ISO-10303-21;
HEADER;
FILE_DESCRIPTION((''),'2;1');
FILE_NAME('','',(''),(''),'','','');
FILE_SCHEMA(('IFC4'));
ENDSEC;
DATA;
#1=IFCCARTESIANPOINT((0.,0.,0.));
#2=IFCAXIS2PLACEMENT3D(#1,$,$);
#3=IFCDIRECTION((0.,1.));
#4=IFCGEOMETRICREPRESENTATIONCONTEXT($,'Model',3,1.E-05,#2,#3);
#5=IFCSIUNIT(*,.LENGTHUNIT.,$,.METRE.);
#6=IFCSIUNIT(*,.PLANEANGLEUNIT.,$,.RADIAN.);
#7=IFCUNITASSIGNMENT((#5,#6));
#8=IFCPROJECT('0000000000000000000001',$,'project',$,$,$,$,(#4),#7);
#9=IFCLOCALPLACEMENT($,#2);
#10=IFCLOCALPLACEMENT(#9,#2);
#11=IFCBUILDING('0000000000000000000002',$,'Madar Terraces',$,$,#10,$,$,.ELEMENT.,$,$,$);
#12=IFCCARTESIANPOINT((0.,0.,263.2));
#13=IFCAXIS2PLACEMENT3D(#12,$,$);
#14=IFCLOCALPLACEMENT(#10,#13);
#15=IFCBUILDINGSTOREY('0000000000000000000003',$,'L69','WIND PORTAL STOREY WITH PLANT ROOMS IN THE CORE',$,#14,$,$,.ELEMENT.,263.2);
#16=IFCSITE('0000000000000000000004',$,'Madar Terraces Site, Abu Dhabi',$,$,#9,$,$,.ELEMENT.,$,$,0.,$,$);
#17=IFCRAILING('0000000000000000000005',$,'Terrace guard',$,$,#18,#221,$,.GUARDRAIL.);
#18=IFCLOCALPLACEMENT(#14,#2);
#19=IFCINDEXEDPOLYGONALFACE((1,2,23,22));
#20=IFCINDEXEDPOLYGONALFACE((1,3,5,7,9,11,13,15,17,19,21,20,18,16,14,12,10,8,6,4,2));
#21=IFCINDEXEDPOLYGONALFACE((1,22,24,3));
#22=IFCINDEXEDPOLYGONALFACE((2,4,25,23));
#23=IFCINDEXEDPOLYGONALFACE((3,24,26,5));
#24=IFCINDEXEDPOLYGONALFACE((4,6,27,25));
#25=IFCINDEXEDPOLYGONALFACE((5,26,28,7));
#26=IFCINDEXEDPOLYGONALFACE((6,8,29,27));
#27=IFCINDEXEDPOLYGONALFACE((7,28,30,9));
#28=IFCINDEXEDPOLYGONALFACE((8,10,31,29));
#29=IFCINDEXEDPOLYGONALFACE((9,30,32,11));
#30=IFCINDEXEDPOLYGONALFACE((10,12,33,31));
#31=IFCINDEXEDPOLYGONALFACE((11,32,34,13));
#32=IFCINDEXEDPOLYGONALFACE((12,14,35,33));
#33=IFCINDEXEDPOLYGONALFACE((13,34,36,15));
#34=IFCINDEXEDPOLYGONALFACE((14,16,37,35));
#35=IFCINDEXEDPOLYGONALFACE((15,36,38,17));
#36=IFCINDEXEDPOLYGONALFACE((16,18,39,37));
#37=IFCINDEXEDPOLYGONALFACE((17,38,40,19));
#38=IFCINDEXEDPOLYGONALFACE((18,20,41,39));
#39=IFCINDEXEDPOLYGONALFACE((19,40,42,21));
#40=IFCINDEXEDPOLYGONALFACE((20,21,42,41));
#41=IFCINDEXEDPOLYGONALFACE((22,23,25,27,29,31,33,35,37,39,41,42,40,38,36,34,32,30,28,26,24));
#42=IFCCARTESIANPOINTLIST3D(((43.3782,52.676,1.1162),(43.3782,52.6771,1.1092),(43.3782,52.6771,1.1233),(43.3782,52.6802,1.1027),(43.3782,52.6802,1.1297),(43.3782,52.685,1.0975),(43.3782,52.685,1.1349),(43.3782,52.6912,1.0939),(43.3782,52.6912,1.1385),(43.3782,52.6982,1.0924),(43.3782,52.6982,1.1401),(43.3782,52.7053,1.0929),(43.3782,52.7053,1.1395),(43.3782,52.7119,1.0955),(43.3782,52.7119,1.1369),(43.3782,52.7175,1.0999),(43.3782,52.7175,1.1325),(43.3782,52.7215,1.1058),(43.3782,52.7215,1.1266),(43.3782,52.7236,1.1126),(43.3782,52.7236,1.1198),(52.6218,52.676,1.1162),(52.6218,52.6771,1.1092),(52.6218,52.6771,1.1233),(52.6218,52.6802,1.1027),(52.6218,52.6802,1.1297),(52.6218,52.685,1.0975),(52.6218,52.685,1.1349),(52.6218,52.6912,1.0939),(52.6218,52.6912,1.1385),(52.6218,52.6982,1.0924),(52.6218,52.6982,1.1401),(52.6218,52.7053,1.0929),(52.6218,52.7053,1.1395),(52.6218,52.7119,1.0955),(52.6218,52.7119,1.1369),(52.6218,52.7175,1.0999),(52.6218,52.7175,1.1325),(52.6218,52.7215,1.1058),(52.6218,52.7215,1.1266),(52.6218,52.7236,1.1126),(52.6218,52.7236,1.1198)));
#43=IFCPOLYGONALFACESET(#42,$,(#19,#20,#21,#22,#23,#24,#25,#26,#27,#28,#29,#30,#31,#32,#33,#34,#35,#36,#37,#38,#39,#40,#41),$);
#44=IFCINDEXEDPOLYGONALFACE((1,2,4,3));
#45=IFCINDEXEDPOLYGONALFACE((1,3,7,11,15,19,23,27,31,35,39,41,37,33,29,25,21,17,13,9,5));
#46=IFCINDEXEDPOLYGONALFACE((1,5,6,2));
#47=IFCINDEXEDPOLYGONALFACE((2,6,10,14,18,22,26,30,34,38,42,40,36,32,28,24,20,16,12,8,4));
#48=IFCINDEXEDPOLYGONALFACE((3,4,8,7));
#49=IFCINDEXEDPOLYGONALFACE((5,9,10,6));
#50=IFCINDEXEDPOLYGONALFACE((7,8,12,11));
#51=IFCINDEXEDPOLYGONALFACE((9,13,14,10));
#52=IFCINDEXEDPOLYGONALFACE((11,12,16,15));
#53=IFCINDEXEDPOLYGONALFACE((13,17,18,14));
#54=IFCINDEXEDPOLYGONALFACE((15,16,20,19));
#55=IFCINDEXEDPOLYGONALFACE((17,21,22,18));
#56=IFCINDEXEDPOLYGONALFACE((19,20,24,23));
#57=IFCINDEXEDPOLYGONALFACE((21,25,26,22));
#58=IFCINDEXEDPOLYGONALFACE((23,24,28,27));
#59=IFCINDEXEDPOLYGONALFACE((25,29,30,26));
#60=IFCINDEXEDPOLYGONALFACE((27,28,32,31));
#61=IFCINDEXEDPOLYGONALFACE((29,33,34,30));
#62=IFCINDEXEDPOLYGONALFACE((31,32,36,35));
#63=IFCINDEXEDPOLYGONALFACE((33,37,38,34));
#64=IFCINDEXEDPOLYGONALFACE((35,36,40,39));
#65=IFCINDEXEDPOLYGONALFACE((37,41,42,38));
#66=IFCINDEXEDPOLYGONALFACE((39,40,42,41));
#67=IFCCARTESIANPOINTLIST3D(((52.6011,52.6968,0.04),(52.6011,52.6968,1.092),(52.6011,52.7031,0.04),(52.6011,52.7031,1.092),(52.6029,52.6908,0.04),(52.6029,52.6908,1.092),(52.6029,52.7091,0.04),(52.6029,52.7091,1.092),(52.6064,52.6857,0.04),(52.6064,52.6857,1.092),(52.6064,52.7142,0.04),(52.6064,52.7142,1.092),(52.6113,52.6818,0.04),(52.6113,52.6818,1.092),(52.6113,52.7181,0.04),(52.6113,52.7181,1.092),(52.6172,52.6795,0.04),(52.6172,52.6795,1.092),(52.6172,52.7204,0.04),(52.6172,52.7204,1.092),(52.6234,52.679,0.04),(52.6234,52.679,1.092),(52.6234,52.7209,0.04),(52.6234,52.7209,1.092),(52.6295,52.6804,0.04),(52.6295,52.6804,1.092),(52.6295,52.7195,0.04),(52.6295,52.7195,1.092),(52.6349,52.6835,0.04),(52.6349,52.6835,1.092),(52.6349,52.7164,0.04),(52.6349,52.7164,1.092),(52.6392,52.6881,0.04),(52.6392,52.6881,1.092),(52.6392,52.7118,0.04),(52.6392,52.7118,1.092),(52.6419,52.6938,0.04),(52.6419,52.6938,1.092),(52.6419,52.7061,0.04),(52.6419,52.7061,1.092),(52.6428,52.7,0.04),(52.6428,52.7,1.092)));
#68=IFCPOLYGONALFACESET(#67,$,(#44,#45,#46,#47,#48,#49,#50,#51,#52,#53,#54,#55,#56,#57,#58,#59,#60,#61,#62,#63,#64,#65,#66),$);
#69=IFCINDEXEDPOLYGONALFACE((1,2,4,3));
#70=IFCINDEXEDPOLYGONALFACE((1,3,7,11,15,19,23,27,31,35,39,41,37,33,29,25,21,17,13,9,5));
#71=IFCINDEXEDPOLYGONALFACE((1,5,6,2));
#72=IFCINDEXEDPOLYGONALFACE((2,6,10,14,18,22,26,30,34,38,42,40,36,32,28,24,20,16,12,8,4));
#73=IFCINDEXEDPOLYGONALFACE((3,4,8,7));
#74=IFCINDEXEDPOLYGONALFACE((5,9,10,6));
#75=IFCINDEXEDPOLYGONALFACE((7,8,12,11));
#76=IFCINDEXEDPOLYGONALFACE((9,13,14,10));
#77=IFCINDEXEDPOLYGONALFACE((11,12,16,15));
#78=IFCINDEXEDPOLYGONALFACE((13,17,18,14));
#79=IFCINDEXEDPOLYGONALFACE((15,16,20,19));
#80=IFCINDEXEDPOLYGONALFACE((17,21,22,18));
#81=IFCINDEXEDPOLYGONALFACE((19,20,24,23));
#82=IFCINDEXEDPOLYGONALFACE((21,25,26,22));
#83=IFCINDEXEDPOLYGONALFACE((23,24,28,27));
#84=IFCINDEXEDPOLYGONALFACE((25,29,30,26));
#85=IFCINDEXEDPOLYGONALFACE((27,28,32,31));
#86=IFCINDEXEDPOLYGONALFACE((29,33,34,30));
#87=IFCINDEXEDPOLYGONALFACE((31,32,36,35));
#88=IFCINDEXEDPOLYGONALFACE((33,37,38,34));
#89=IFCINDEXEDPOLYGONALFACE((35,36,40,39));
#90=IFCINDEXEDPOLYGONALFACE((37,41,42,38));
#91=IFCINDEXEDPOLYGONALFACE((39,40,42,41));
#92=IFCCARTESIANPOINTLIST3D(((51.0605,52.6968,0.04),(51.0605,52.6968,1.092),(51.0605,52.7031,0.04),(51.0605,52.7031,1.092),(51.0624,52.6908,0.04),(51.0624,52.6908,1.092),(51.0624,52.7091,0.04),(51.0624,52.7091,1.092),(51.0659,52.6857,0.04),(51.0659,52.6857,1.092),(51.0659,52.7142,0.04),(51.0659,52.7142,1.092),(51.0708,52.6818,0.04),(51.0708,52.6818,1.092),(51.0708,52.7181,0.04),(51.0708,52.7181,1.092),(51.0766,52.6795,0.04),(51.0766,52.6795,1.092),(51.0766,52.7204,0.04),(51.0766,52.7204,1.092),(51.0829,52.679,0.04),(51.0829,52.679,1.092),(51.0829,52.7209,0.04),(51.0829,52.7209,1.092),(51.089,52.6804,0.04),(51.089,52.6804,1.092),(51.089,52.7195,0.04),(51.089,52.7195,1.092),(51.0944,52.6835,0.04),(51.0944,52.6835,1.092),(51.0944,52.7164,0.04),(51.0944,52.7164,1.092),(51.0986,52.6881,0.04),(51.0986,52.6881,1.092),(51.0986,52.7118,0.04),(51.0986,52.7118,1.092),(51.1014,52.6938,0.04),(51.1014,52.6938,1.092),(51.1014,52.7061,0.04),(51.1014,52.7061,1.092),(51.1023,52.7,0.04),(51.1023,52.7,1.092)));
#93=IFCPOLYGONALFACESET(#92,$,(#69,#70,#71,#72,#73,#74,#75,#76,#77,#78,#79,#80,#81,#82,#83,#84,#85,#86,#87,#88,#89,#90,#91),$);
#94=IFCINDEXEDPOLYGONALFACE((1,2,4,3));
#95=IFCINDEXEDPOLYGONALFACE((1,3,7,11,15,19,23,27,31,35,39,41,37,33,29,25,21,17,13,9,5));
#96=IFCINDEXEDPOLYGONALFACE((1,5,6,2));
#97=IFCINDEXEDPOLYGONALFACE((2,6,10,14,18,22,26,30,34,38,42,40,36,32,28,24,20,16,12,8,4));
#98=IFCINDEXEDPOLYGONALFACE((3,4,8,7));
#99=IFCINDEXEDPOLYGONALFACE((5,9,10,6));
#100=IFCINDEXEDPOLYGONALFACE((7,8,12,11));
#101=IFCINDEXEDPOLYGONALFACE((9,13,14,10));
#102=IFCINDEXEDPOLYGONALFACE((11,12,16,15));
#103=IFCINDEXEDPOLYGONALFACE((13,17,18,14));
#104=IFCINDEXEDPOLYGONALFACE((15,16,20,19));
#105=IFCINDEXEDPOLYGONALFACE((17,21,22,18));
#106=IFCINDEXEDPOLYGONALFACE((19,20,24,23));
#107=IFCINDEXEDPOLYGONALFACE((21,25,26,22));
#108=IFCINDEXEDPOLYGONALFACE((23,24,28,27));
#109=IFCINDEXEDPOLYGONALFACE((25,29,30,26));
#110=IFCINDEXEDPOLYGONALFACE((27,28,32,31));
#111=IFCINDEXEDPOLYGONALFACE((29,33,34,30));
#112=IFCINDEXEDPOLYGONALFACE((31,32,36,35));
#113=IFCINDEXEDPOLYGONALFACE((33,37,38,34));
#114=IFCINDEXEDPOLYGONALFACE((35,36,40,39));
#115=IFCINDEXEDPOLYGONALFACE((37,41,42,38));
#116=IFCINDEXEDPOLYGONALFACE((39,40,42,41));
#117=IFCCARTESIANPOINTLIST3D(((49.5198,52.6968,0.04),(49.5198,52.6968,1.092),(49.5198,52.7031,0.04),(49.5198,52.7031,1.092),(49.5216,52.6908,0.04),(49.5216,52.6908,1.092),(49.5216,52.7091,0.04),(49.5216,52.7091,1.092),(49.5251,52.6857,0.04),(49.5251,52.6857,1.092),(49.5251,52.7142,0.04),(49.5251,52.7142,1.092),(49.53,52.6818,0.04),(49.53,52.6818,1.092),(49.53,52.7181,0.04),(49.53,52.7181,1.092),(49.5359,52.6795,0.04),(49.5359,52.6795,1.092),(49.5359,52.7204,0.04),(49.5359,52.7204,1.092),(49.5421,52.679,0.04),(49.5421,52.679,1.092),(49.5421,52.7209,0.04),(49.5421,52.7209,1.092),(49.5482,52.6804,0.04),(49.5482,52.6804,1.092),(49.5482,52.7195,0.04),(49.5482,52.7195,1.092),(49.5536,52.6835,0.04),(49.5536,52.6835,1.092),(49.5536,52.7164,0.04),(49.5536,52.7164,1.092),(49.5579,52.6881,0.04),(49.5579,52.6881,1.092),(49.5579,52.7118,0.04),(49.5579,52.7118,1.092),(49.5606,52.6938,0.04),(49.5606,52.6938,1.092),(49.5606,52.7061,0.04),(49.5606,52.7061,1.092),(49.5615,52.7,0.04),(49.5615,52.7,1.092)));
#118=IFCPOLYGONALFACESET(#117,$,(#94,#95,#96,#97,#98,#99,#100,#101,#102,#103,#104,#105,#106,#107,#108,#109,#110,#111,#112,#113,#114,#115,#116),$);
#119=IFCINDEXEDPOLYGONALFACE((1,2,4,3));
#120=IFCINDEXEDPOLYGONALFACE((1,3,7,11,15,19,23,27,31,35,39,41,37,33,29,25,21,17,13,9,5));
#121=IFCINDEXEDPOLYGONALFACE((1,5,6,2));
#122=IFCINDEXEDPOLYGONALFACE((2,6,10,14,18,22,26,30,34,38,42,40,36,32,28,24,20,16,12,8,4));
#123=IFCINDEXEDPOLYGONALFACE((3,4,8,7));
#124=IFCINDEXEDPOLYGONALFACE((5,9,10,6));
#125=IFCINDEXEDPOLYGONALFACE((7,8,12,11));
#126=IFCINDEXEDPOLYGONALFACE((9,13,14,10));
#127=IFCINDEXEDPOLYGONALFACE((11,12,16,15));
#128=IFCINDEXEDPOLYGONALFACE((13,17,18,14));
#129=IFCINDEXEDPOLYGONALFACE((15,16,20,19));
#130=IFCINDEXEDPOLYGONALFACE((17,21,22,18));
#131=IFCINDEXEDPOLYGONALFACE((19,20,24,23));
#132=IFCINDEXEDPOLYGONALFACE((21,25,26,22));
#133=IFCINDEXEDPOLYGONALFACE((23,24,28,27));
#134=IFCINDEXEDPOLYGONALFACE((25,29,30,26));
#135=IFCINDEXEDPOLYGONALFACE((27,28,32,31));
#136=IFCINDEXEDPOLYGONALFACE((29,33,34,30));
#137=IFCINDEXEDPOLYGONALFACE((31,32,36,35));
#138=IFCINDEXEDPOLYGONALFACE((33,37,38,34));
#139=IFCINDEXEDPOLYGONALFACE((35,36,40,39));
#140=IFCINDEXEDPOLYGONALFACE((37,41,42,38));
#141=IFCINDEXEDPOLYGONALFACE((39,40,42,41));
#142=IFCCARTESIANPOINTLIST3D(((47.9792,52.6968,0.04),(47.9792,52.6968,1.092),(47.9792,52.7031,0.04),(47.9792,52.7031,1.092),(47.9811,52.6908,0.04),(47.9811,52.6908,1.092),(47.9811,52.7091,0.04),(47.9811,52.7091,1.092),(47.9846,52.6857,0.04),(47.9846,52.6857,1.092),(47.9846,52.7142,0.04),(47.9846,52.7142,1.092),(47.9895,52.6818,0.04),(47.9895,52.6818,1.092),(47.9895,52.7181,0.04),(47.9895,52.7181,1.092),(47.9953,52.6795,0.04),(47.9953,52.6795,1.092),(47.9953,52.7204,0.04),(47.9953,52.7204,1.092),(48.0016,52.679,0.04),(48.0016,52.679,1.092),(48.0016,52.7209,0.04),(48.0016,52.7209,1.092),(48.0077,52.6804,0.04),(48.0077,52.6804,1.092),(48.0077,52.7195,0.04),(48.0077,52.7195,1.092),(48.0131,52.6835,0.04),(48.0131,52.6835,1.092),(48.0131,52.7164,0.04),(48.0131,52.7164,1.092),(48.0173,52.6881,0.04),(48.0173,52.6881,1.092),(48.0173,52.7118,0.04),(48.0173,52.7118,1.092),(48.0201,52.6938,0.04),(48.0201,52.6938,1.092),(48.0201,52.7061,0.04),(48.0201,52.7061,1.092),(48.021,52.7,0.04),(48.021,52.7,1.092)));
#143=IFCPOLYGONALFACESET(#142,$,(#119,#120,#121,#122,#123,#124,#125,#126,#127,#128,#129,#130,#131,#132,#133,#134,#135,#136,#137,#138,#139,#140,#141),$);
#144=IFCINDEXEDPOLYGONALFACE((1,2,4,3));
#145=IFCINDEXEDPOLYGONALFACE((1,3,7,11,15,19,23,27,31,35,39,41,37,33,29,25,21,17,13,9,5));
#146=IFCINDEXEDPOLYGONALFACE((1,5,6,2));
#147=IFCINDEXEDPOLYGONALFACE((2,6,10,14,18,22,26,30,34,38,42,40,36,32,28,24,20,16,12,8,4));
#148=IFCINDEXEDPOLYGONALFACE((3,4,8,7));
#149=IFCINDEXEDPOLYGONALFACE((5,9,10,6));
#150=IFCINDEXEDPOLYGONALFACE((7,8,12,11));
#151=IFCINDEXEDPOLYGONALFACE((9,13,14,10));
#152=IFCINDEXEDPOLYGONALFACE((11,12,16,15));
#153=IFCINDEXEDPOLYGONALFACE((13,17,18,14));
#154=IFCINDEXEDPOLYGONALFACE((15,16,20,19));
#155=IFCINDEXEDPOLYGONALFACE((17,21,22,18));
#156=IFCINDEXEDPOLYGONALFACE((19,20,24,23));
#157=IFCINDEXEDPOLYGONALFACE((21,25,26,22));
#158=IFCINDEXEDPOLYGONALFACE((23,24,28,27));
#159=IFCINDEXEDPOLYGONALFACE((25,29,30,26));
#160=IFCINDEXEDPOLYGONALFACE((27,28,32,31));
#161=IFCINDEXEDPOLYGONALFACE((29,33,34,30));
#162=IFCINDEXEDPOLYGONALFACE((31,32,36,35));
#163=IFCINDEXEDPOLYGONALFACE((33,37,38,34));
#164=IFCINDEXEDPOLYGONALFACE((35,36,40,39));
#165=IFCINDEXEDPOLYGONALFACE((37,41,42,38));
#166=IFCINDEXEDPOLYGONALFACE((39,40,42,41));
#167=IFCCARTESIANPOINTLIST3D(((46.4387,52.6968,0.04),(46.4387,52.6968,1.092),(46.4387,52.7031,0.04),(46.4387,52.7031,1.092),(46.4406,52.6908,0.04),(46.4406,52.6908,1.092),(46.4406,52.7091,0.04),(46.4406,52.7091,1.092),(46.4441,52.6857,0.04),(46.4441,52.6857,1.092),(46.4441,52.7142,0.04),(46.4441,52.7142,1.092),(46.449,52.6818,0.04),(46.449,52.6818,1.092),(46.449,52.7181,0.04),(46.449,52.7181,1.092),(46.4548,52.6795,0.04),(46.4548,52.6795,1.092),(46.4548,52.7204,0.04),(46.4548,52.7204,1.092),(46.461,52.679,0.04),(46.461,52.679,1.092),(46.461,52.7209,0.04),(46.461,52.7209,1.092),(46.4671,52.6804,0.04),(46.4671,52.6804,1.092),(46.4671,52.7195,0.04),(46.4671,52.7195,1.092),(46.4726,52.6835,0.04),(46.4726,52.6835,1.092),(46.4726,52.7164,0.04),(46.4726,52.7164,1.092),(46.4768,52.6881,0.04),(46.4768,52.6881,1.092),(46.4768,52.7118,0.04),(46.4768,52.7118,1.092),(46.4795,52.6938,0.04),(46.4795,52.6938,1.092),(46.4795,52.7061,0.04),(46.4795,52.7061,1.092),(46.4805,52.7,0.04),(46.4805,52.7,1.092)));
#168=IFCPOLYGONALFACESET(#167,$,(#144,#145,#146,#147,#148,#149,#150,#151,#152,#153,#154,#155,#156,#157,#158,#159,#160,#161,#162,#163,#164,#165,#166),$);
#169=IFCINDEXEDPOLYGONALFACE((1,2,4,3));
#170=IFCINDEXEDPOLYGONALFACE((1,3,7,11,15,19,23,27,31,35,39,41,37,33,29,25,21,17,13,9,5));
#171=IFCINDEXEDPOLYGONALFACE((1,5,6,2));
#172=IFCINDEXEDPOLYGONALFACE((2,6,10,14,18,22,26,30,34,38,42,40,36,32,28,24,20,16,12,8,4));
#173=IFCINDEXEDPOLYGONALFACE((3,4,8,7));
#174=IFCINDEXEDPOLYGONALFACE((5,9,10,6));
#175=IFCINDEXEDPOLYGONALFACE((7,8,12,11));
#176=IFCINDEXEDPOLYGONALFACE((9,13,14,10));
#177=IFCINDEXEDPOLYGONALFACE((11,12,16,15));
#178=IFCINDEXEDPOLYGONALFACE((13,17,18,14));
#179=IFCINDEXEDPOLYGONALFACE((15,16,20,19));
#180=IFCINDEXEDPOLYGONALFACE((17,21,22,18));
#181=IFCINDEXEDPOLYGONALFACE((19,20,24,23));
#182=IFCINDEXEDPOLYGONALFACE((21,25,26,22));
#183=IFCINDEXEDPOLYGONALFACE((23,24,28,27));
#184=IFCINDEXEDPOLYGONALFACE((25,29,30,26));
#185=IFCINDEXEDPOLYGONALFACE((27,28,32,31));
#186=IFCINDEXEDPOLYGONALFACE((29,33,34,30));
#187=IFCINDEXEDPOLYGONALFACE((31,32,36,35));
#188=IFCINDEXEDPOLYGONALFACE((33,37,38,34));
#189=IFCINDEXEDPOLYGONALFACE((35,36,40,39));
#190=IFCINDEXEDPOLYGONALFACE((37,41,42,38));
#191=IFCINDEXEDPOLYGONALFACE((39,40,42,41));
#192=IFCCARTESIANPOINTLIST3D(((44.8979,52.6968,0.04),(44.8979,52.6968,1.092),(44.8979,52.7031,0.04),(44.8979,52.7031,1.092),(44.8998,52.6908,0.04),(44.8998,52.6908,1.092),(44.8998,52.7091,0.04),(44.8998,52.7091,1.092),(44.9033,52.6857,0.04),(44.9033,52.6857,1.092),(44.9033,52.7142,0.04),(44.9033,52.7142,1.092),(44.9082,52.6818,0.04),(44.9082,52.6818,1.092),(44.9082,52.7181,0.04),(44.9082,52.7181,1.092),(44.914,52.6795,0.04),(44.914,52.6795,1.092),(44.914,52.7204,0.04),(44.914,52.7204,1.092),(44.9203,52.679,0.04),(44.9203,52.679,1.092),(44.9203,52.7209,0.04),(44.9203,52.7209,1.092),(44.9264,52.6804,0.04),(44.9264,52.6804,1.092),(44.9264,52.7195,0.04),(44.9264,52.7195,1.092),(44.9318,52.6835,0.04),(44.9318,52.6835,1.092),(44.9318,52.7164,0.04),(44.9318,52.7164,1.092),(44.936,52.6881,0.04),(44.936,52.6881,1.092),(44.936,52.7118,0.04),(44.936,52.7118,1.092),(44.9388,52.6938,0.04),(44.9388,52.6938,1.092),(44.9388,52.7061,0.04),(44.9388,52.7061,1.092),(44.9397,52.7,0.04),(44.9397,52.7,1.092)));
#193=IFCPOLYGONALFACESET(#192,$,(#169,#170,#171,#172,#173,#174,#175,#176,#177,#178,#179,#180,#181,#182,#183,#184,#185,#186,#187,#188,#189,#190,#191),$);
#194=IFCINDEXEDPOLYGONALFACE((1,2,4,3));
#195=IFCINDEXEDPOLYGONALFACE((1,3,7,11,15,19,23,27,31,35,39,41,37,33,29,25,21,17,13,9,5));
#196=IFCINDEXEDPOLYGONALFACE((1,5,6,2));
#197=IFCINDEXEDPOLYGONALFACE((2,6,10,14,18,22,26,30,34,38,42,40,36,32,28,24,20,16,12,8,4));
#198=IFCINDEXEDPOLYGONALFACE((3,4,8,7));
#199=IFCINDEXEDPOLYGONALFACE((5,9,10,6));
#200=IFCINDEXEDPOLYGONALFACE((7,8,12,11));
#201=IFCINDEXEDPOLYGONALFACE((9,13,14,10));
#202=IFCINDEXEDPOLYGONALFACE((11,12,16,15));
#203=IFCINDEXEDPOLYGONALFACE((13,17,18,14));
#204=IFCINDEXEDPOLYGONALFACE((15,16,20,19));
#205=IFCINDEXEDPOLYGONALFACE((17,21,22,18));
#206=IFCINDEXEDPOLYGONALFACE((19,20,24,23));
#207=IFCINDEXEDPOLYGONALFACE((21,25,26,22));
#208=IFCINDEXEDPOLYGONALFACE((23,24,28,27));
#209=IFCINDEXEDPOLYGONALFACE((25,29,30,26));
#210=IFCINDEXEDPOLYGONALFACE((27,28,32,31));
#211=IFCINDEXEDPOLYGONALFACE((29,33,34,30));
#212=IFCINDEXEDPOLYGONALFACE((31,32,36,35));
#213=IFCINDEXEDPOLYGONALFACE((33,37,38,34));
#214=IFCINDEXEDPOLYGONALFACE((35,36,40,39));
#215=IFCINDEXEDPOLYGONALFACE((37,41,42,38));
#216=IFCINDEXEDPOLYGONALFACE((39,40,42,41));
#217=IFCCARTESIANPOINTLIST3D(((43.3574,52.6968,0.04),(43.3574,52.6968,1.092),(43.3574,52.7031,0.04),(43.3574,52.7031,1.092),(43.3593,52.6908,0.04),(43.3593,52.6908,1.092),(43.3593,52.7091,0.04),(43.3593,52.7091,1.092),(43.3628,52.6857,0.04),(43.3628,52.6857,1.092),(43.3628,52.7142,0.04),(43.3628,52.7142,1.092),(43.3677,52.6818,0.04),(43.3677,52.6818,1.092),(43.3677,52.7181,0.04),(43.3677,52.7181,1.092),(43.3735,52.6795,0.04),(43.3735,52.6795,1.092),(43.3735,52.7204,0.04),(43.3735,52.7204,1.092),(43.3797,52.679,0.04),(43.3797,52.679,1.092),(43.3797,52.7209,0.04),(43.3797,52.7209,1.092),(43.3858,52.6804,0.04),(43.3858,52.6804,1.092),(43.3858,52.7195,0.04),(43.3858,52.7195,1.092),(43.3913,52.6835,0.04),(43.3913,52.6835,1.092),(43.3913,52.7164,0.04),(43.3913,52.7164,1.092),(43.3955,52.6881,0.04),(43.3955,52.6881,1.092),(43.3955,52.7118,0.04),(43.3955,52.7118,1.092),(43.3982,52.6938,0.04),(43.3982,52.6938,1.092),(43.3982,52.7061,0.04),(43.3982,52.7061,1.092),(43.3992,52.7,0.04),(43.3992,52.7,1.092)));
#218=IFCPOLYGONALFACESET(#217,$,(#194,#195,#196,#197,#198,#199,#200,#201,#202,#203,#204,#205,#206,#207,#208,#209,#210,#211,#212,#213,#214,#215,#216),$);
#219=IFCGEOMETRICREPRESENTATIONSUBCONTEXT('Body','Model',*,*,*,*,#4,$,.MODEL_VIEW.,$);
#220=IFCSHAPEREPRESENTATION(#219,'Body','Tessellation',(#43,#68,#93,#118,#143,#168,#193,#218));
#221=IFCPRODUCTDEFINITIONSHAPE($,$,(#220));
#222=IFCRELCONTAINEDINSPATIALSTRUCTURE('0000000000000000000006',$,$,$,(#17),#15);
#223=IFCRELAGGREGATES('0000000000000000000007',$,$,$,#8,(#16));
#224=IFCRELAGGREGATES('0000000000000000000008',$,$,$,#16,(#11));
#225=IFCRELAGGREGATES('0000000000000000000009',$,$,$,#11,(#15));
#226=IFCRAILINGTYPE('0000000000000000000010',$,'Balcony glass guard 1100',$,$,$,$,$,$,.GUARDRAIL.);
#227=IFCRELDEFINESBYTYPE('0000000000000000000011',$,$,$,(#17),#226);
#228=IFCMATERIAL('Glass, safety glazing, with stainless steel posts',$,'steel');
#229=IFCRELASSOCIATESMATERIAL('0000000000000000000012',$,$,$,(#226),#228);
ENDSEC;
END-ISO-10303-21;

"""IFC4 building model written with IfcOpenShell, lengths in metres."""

from ifc_helpers import new_model, si_unit, direction, frame, origin, origin_2d, place, context, subcontext, project, spatial, circle, extrude, material, type_object, element, save


model = new_model("IFC4")

# Units and contexts
model_context = context("Model", 3, precision=1e-05, world=origin(), true_north=direction((0.0, 1.0)))
body_context = subcontext(model_context, "Body", "Model", "MODEL_VIEW")
ifc_project = project(units=[si_unit("LENGTHUNIT", "METRE"), si_unit("PLANEANGLEUNIT", "RADIAN")], contexts=[model_context])

# Site, building, storey
site_placement = place(None, origin())
site = spatial("IfcSite", under=ifc_project, at=site_placement, Name="Madar Terraces Site, Abu Dhabi", CompositionType="ELEMENT", RefElevation=0.0)
building_placement = place(site_placement, origin())
building = spatial("IfcBuilding", under=site, at=building_placement, Name="Madar Terraces", CompositionType="ELEMENT")
storey_placement = place(building_placement, frame((0.0, 0.0, 263.2)))
storey = spatial("IfcBuildingStorey", under=building, at=storey_placement, Name="L69", Description="WIND PORTAL STOREY WITH PLANT ROOMS IN THE CORE", CompositionType="ELEMENT", Elevation=263.2)

# Railing
ifc_material_1 = material(Name="Glass, safety glazing, with stainless steel posts", Category="steel")
railing_type = type_object("IfcRailingType", Name="Balcony glass guard 1100", PredefinedType="GUARDRAIL", material=ifc_material_1)
railing_1_placement = place(storey_placement, frame((52.6218, 52.7, 0.04)))
element("IfcRailing", 1, at=railing_1_placement, inside=storey, type_object=railing_type, Name="Terrace guard", PredefinedType="GUARDRAIL", context=body_context, shape_type="SweptSolid", body=[
    extrude(circle(Radius=0.0239, at=origin_2d()), frame((0.0, 0.0, 1.0762), z_axis=(-1.0, 0.0, 0.0), x_axis=(0.0, -1.0, 0.0)), (0.0, 0.0, 1.0), 9.2437),
    extrude(circle(Radius=0.021, at=origin_2d()), origin(), (0.0, 0.0, 1.0), 1.052),
    extrude(circle(Radius=0.021, at=origin_2d()), frame((-1.5405, 0.0, 0.0)), (0.0, 0.0, 1.0), 1.052),
    extrude(circle(Radius=0.021, at=origin_2d()), frame((-3.0813, 0.0, 0.0)), (0.0, 0.0, 1.0), 1.052),
    extrude(circle(Radius=0.021, at=origin_2d()), frame((-4.6218, 0.0, 0.0)), (0.0, 0.0, 1.0), 1.052),
    extrude(circle(Radius=0.021, at=origin_2d()), frame((-6.1624, 0.0, 0.0)), (0.0, 0.0, 1.0), 1.052),
    extrude(circle(Radius=0.021, at=origin_2d()), frame((-7.7031, 0.0, 0.0)), (0.0, 0.0, 1.0), 1.052),
    extrude(circle(Radius=0.021, at=origin_2d()), frame((-9.2437, 0.0, 0.0)), (0.0, 0.0, 1.0), 1.052),
])

save(model, "model.ifc")
